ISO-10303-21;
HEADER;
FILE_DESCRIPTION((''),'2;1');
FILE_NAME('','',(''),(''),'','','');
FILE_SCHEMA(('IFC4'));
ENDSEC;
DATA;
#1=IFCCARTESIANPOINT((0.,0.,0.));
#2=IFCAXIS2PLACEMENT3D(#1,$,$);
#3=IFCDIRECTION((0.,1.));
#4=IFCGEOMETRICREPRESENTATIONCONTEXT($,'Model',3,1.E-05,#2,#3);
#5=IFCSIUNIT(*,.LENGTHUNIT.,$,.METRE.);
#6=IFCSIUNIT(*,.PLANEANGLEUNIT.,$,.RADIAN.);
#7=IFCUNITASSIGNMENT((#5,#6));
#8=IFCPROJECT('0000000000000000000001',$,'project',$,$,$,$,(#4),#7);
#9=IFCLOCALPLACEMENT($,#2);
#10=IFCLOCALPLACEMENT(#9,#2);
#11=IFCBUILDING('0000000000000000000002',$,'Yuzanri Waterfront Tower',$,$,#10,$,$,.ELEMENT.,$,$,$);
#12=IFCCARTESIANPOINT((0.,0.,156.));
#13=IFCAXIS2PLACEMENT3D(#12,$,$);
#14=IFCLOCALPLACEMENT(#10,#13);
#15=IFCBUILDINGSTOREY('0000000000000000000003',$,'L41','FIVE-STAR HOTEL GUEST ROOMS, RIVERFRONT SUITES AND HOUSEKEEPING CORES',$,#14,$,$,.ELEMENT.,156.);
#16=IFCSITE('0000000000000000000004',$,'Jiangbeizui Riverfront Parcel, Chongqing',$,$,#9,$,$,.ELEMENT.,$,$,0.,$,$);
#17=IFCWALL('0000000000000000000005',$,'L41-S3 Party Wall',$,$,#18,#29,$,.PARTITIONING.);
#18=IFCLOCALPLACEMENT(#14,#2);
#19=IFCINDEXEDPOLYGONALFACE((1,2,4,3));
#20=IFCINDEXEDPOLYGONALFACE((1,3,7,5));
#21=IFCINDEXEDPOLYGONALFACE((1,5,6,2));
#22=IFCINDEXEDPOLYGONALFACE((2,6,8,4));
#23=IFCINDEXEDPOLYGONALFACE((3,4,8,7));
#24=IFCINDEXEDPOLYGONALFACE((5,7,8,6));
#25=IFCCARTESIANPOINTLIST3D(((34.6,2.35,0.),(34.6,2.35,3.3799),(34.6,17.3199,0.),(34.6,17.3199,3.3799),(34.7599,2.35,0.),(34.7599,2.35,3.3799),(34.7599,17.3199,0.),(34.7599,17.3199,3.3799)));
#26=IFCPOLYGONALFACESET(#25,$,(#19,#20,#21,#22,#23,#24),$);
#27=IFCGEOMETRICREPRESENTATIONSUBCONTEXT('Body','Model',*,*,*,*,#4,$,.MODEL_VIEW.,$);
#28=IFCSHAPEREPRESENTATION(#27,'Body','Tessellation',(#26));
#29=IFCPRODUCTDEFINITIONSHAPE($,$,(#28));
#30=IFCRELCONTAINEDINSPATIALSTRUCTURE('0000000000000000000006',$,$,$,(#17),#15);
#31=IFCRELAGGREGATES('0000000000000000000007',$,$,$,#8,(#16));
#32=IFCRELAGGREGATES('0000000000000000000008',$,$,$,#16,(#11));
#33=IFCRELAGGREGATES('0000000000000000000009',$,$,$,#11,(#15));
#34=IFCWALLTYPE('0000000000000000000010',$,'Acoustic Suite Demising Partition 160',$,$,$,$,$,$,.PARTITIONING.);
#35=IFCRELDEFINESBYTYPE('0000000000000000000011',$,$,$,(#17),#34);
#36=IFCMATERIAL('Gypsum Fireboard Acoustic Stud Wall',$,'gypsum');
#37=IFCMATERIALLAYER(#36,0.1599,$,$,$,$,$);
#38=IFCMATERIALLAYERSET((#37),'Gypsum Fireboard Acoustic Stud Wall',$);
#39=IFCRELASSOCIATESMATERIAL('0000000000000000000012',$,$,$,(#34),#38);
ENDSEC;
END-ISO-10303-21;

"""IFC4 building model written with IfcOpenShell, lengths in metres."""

from ifc_helpers import new_model, si_unit, direction, frame, frame_2d, origin, place, context, subcontext, project, spatial, rectangle, extrude, source, transform, mapped, material, layer, layer_set, type_object, element, save


model = new_model("IFC4")

# Units and contexts
model_context = context("Model", 3, precision=1e-05, world=origin(), true_north=direction((0.0, 1.0)))
body_context = subcontext(model_context, "Body", "Model", "MODEL_VIEW")
ifc_project = project(units=[si_unit("LENGTHUNIT", "METRE"), si_unit("PLANEANGLEUNIT", "RADIAN")], contexts=[model_context])

# Site, building, storey
site_placement = place(None, origin())
site = spatial("IfcSite", under=ifc_project, at=site_placement, Name="Jiangbeizui Riverfront Parcel, Chongqing", CompositionType="ELEMENT", RefElevation=0.0)
building_placement = place(site_placement, origin())
building = spatial("IfcBuilding", under=site, at=building_placement, Name="Yuzanri Waterfront Tower", CompositionType="ELEMENT")
storey_placement = place(building_placement, frame((0.0, 0.0, 156.0)))
storey = spatial("IfcBuildingStorey", under=building, at=storey_placement, Name="L41", Description="FIVE-STAR HOTEL GUEST ROOMS, RIVERFRONT SUITES AND HOUSEKEEPING CORES", CompositionType="ELEMENT", Elevation=156.0)

# Wall
ifc_material_1 = material(Name="Gypsum Fireboard Acoustic Stud Wall", Category="gypsum")
ifc_layer_1 = layer(ifc_material_1, 0.1599)
ifc_layer_set_1 = layer_set([ifc_layer_1], Name="Gypsum Fireboard Acoustic Stud Wall")
wall_type_1 = type_object("IfcWallType", Name="Acoustic Suite Demising Partition 160", PredefinedType="PARTITIONING", material=ifc_layer_set_1)
shared_shape_1 = source(origin(), body_context, "Body", "SweptSolid", [
    extrude(rectangle(XDim=14.97, YDim=0.1599, at=frame_2d((7.4849, 0.0))), origin(), (0.0, 0.0, 1.0), 3.3799),
])
for number, where, z_axis, x_axis, name in (
    (1, (34.6799, 2.3501, 0.0), (0.0, 0.0, 1.0), (0.0, 1.0, 0.0), "L41-S3 Party Wall"),
):
    element("IfcWall", number, at=place(storey_placement, frame(where, z_axis=z_axis, x_axis=x_axis)), inside=storey, type_object=wall_type_1, Name=name, PredefinedType="PARTITIONING", context=body_context, shape_type="MappedRepresentation", body=[
        mapped(shared_shape_1, transform((0.0, 0.0, 0.0), scale=1.0)),
    ])

save(model, "model.ifc")
